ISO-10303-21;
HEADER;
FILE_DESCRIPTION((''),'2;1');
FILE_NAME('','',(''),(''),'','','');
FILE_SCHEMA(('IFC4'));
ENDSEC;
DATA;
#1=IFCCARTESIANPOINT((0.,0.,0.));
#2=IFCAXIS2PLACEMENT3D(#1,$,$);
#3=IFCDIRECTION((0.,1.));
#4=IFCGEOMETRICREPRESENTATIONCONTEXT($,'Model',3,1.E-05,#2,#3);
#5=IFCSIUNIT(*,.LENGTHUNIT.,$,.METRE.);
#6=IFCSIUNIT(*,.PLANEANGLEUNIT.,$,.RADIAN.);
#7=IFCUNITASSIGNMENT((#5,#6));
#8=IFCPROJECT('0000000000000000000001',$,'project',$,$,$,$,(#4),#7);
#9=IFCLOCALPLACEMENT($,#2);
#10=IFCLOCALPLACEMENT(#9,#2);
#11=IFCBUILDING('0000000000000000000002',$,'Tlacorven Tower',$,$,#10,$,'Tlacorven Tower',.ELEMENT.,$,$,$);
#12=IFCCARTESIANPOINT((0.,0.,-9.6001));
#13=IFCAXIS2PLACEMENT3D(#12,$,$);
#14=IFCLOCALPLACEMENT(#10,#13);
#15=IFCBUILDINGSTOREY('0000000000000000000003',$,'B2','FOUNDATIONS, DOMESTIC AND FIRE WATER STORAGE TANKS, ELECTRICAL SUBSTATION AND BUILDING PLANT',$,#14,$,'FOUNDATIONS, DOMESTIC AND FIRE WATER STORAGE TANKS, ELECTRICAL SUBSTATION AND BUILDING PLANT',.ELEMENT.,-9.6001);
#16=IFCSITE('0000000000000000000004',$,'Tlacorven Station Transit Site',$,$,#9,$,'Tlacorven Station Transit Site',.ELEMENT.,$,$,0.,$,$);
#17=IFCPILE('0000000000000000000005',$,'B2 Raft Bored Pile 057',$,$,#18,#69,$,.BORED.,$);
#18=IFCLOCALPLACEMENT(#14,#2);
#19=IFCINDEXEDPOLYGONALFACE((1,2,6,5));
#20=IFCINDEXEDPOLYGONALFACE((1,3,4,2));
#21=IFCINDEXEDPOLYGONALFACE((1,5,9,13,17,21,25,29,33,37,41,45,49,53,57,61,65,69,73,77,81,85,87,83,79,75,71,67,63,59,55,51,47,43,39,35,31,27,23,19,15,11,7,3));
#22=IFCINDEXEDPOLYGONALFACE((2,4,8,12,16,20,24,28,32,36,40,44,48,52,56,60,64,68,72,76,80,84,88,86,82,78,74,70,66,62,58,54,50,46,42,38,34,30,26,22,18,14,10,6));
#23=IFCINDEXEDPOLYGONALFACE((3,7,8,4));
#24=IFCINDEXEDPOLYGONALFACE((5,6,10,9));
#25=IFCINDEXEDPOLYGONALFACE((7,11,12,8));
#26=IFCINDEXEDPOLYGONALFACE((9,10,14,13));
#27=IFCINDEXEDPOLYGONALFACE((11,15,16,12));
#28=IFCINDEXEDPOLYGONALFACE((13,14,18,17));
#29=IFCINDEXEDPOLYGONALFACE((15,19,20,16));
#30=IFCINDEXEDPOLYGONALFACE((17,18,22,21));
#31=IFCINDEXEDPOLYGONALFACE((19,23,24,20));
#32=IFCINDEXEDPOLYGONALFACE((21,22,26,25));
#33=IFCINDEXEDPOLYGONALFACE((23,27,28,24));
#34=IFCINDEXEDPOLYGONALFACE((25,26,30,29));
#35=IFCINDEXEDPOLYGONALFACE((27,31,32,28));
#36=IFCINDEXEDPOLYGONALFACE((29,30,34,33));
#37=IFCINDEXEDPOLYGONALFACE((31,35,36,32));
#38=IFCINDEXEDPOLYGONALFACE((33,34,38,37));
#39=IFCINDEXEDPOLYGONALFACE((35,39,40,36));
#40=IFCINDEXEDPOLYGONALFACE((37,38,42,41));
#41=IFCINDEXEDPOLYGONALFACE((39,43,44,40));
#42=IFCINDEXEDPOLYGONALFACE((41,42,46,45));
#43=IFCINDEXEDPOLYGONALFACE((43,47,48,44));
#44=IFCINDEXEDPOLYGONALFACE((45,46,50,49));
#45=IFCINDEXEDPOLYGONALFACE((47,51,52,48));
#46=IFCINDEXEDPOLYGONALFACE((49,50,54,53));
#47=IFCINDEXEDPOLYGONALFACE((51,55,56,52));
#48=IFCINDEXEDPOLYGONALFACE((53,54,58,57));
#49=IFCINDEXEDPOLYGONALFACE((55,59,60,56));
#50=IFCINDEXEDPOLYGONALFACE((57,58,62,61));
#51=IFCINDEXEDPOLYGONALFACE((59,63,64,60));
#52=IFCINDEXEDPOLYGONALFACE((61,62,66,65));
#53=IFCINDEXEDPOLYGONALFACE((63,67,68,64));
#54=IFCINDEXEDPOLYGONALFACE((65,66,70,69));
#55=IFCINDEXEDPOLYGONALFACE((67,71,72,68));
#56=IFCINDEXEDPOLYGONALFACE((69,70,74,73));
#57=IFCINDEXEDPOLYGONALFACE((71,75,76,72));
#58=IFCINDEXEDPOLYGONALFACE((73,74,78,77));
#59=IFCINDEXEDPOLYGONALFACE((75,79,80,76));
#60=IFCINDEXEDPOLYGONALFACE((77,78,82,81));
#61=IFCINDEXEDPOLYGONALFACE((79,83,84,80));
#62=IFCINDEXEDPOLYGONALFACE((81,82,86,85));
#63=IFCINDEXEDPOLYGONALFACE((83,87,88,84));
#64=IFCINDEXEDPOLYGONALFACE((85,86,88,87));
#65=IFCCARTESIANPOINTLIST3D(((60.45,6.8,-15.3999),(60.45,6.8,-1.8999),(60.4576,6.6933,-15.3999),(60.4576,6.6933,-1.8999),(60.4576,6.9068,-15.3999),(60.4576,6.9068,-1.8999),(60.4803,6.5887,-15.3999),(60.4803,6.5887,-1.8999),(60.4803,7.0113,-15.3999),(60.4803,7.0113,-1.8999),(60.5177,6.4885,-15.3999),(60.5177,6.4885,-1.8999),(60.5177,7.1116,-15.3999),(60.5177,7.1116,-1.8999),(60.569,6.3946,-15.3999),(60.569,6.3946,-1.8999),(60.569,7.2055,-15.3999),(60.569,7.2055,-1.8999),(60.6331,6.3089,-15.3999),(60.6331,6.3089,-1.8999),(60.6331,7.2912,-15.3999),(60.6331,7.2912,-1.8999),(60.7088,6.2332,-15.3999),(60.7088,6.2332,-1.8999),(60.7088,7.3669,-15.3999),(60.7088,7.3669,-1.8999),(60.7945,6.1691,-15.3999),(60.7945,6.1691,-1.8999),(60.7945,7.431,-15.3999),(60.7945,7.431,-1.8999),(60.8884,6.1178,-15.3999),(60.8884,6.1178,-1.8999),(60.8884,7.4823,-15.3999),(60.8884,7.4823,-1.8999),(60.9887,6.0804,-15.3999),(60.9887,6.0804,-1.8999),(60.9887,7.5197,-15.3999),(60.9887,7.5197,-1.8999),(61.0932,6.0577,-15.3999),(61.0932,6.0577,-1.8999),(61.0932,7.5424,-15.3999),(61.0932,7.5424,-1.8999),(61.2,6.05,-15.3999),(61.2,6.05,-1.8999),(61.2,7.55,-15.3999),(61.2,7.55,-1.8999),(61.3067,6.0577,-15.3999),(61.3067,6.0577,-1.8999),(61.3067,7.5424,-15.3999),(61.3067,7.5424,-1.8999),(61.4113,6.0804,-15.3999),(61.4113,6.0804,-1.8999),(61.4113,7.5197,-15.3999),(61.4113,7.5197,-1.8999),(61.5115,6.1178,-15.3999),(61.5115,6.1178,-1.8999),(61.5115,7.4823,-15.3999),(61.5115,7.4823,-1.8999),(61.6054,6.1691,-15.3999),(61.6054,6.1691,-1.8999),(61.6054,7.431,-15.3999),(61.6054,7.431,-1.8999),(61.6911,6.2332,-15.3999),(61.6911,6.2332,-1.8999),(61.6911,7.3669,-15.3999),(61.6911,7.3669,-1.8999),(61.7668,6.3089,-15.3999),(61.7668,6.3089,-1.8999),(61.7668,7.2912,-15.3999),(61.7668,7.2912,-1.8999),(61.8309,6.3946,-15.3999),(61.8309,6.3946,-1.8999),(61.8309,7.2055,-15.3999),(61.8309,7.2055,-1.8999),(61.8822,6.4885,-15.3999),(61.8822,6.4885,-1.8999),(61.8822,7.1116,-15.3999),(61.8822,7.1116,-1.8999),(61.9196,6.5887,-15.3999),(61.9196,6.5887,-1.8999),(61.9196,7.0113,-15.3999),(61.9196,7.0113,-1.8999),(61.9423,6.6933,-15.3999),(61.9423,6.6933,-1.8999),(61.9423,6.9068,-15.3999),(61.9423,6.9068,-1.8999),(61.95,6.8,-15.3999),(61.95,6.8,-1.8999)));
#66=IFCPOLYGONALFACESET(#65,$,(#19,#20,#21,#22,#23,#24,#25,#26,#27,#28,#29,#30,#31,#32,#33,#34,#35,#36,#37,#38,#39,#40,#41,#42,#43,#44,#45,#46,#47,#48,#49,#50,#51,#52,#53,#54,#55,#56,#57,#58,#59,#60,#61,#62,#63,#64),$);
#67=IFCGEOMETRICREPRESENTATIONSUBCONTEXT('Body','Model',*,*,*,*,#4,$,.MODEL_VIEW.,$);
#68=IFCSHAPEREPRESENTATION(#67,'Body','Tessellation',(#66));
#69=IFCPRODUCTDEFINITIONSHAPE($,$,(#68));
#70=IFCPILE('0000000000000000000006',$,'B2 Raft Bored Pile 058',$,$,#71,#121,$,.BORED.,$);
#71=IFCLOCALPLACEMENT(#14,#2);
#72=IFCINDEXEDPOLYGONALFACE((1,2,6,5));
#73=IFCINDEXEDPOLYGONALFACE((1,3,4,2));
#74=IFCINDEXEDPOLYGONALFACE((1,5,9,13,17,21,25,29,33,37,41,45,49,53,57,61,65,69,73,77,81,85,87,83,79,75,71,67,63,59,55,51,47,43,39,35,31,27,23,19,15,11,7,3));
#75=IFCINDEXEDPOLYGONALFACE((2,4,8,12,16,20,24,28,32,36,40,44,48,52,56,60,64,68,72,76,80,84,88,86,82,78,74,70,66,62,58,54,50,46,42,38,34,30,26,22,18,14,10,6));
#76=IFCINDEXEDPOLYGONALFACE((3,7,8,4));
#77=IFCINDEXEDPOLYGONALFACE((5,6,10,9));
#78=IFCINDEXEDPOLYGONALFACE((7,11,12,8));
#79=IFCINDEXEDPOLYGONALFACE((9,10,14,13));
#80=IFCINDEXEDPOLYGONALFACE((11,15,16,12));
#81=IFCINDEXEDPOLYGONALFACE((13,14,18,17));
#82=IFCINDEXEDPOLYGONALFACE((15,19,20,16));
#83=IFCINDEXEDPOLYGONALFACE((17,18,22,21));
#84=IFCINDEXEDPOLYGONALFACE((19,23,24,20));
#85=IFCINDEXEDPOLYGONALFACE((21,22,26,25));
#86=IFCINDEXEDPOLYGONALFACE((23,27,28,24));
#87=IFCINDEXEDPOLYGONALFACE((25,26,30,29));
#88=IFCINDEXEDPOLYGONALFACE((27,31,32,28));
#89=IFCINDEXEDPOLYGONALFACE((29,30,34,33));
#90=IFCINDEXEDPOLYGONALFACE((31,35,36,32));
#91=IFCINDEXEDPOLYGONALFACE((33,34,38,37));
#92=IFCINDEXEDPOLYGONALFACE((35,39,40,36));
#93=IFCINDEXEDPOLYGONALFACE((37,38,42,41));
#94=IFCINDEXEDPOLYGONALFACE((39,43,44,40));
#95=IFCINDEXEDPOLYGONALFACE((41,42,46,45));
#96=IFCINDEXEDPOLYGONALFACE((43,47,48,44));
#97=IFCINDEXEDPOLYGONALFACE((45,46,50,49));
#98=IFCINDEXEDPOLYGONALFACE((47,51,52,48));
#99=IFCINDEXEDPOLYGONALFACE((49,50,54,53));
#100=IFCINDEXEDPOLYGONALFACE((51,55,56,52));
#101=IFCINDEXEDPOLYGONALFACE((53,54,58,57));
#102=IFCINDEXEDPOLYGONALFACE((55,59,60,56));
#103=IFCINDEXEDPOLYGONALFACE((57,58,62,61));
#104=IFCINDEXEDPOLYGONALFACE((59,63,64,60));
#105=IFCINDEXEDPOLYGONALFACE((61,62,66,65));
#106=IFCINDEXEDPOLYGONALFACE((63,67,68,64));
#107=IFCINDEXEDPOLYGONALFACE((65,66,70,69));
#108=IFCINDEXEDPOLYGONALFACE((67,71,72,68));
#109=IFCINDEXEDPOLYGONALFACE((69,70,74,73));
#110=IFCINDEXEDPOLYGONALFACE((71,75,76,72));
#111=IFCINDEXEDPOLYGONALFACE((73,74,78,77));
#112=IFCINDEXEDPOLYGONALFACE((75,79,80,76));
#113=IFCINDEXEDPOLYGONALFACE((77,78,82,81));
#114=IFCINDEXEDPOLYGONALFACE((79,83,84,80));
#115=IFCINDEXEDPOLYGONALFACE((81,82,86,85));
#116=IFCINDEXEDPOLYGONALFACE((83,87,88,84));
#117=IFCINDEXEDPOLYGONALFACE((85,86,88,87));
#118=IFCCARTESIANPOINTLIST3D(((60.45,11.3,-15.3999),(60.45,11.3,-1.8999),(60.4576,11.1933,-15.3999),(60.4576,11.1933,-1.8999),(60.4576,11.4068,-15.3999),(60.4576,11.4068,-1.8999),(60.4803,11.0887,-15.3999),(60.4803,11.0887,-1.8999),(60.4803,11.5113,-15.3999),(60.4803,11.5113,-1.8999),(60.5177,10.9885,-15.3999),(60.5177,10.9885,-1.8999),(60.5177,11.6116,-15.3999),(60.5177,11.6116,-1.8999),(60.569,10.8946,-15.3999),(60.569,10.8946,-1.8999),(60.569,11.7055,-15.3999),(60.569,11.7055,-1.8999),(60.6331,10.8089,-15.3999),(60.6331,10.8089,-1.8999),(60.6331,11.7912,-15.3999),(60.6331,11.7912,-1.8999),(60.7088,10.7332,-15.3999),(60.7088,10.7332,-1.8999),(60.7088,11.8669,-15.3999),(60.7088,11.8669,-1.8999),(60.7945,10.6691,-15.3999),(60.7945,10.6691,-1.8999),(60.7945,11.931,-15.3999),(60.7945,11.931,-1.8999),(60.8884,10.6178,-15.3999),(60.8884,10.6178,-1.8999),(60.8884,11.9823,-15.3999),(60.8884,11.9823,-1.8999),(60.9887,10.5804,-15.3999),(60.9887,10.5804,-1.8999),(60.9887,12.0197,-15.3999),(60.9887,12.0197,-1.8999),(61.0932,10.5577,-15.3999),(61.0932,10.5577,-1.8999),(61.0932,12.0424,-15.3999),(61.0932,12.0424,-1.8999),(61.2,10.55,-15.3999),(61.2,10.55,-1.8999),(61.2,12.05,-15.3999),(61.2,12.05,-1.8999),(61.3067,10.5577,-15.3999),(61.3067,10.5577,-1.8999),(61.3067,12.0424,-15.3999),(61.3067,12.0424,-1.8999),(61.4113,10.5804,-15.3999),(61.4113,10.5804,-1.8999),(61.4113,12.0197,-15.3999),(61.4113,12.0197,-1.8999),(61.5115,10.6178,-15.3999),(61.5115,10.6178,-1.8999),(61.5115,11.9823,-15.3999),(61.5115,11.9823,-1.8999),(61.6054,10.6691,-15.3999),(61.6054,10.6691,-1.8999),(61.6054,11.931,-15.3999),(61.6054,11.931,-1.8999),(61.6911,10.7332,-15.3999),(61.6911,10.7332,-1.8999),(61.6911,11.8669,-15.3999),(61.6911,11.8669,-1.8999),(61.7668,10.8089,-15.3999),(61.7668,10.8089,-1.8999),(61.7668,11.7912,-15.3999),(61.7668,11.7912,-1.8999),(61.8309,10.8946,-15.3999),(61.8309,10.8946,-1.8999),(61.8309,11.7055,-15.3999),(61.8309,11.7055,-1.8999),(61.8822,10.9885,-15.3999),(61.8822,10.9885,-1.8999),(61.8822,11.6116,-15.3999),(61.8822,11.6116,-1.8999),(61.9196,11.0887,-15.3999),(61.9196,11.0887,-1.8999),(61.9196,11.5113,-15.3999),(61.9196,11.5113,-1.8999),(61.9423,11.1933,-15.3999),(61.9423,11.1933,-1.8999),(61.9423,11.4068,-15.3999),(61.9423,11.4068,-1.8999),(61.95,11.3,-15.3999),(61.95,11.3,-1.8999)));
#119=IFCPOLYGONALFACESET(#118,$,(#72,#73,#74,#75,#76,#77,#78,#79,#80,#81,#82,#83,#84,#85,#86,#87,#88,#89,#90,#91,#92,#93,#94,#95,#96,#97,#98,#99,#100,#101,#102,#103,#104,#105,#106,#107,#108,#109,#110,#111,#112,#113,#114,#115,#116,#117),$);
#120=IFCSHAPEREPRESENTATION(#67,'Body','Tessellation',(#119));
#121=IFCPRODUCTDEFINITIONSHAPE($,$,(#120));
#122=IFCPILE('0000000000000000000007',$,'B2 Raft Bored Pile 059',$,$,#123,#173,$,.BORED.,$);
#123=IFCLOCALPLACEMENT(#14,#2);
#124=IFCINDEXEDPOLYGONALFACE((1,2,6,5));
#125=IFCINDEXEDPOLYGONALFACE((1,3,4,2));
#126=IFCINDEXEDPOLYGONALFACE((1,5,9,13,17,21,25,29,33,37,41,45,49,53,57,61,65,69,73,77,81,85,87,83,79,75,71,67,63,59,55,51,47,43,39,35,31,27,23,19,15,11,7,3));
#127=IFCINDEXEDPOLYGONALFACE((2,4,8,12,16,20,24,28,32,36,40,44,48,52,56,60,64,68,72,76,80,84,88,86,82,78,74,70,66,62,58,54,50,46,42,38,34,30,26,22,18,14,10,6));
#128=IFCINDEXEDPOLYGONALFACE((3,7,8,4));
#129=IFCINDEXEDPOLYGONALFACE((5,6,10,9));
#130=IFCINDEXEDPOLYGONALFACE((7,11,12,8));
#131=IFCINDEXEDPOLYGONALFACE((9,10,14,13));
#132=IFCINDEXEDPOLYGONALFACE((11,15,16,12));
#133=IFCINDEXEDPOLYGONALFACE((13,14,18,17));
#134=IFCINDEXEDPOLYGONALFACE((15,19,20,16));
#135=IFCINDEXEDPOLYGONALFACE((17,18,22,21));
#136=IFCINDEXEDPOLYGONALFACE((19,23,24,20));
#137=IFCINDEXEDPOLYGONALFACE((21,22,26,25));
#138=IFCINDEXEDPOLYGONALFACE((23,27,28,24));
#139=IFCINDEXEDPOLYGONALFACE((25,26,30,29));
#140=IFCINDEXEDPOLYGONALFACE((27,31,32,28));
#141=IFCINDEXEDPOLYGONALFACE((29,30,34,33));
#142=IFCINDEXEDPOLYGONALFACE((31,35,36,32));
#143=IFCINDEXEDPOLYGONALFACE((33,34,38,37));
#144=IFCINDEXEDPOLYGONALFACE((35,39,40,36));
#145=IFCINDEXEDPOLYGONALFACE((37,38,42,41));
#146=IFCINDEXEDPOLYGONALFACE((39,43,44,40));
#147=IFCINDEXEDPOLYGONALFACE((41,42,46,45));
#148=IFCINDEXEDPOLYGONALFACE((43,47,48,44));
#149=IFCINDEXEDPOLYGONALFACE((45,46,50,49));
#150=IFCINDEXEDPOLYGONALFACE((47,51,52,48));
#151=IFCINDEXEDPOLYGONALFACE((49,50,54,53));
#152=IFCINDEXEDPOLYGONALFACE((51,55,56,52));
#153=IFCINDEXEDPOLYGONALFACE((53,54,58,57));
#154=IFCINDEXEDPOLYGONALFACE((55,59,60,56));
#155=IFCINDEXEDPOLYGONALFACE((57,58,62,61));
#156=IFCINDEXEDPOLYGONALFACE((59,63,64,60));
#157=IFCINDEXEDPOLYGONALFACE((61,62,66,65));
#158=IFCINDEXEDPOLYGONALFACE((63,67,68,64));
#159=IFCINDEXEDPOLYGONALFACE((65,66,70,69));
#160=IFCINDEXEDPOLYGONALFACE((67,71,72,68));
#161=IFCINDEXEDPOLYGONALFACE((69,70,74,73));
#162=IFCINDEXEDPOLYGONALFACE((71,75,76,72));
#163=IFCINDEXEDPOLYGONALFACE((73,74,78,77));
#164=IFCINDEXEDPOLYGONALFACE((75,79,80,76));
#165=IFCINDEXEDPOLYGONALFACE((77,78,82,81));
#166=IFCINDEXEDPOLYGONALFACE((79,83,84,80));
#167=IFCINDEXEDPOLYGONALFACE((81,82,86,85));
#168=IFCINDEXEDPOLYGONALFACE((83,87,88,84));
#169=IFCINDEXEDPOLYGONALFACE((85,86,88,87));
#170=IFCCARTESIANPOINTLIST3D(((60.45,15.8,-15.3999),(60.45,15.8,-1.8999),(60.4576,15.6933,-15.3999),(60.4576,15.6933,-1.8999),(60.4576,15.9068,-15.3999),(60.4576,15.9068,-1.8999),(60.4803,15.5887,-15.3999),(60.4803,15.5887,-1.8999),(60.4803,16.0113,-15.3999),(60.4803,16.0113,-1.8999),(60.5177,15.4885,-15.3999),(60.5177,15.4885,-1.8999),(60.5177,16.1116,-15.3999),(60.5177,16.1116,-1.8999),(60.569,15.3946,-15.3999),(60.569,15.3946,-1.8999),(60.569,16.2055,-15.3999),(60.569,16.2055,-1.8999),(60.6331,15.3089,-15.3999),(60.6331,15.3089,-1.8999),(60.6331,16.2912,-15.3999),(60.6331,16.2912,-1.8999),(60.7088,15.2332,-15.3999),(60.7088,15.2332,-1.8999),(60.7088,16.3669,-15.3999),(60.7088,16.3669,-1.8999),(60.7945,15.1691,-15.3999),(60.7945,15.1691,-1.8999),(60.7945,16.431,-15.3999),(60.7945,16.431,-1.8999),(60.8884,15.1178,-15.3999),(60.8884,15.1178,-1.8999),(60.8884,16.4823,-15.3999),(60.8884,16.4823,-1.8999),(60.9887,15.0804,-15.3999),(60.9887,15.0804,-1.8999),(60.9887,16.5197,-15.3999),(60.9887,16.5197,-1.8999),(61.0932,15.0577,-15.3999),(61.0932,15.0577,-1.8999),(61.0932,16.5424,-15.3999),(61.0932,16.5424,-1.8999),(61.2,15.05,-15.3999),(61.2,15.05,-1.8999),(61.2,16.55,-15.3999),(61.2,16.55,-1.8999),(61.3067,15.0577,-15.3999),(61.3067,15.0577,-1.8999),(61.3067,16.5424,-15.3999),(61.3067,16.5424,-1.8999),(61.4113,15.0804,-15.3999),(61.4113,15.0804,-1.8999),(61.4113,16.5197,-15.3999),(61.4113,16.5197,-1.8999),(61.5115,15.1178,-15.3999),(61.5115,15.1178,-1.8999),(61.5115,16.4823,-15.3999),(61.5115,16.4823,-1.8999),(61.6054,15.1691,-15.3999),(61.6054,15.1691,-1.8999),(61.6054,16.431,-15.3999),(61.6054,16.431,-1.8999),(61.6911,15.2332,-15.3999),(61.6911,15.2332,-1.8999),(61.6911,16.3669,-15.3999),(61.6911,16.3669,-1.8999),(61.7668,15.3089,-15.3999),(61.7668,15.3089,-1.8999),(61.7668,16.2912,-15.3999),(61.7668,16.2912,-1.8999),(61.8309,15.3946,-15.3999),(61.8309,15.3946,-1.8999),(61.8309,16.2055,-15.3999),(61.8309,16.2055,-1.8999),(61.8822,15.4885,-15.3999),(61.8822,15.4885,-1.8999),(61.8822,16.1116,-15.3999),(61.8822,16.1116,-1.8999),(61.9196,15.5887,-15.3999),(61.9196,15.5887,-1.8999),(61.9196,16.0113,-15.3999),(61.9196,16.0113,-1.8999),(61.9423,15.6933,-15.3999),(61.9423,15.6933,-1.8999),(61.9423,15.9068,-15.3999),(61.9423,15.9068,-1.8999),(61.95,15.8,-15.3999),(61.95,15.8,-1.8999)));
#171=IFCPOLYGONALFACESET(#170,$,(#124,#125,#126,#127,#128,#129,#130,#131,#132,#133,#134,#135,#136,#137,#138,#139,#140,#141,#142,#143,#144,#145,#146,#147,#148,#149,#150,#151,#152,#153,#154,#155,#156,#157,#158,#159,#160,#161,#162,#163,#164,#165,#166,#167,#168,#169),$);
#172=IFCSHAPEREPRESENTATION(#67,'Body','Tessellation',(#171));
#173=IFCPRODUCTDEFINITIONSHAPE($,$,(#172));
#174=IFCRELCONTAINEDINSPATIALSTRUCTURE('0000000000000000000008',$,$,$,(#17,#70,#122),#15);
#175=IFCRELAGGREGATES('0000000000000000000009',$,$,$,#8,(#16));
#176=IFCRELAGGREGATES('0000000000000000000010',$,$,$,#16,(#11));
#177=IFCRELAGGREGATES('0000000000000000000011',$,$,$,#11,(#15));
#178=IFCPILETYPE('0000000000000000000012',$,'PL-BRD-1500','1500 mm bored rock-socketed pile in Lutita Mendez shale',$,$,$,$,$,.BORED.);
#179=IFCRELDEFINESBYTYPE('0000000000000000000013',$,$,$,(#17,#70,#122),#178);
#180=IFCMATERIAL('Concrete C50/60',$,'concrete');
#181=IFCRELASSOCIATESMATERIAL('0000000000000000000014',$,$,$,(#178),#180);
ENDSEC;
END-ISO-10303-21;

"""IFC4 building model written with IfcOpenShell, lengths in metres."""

from ifc_helpers import new_model, si_unit, direction, frame, origin, origin_2d, place, context, subcontext, project, spatial, circle, extrude, source, transform, mapped, material, material_profile, profile_set, type_object, element, save


model = new_model("IFC4")

# Units and contexts
model_context = context("Model", 3, precision=1e-05, world=origin(), true_north=direction((0.0, 1.0)))
body_context = subcontext(model_context, "Body", "Model", "MODEL_VIEW")
ifc_project = project(units=[si_unit("LENGTHUNIT", "METRE"), si_unit("PLANEANGLEUNIT", "RADIAN")], contexts=[model_context])

# Site, building, storey
site_placement = place(None, origin())
site = spatial("IfcSite", under=ifc_project, at=site_placement, Name="Tlacorven Station Transit Site", LongName="Tlacorven Station Transit Site", CompositionType="ELEMENT", RefElevation=0.0)
building_placement = place(site_placement, origin())
building = spatial("IfcBuilding", under=site, at=building_placement, Name="Tlacorven Tower", LongName="Tlacorven Tower", CompositionType="ELEMENT")
storey_placement = place(building_placement, frame((0.0, 0.0, -9.6001)))
storey = spatial("IfcBuildingStorey", under=building, at=storey_placement, Name="B2", Description="FOUNDATIONS, DOMESTIC AND FIRE WATER STORAGE TANKS, ELECTRICAL SUBSTATION AND BUILDING PLANT", LongName="FOUNDATIONS, DOMESTIC AND FIRE WATER STORAGE TANKS, ELECTRICAL SUBSTATION AND BUILDING PLANT", CompositionType="ELEMENT", Elevation=-9.6001)

# Piles
ifc_material_1 = material(Name="Concrete C50/60", Category="concrete")
ifc_material_profile_1 = material_profile(ifc_material_1, circle(Radius=0.75, at=origin_2d()), Name="BORED PILE D1500")
ifc_profile_set_1 = profile_set([ifc_material_profile_1], Name="Concrete C50/60")
pile_type_1 = type_object("IfcPileType", Name="PL-BRD-1500", Description="1500 mm bored rock-socketed pile in Lutita Mendez shale", PredefinedType="BORED", material=ifc_profile_set_1)
shared_shape_1 = source(origin(), body_context, "Body", "SweptSolid", [
    extrude(circle(Radius=0.75, at=origin_2d()), origin(), (0.0, 0.0, 1.0), 13.5),
])
for number, where, z_axis, x_axis, name in (
    (1, (61.2, 6.8, -1.8999), (0.0, 0.0, -1.0), (1.0, 0.0, 0.0), "B2 Raft Bored Pile 057"),
    (2, (61.2, 11.3, -1.8999), (0.0, 0.0, -1.0), (1.0, 0.0, 0.0), "B2 Raft Bored Pile 058"),
    (3, (61.2, 15.8, -1.8999), (0.0, 0.0, -1.0), (1.0, 0.0, 0.0), "B2 Raft Bored Pile 059"),
):
    element("IfcPile", number, at=place(storey_placement, frame(where, z_axis=z_axis, x_axis=x_axis)), inside=storey, type_object=pile_type_1, Name=name, PredefinedType="BORED", context=body_context, shape_type="MappedRepresentation", body=[
        mapped(shared_shape_1, transform((0.0, 0.0, 0.0), scale=1.0)),
    ])

save(model, "model.ifc")
